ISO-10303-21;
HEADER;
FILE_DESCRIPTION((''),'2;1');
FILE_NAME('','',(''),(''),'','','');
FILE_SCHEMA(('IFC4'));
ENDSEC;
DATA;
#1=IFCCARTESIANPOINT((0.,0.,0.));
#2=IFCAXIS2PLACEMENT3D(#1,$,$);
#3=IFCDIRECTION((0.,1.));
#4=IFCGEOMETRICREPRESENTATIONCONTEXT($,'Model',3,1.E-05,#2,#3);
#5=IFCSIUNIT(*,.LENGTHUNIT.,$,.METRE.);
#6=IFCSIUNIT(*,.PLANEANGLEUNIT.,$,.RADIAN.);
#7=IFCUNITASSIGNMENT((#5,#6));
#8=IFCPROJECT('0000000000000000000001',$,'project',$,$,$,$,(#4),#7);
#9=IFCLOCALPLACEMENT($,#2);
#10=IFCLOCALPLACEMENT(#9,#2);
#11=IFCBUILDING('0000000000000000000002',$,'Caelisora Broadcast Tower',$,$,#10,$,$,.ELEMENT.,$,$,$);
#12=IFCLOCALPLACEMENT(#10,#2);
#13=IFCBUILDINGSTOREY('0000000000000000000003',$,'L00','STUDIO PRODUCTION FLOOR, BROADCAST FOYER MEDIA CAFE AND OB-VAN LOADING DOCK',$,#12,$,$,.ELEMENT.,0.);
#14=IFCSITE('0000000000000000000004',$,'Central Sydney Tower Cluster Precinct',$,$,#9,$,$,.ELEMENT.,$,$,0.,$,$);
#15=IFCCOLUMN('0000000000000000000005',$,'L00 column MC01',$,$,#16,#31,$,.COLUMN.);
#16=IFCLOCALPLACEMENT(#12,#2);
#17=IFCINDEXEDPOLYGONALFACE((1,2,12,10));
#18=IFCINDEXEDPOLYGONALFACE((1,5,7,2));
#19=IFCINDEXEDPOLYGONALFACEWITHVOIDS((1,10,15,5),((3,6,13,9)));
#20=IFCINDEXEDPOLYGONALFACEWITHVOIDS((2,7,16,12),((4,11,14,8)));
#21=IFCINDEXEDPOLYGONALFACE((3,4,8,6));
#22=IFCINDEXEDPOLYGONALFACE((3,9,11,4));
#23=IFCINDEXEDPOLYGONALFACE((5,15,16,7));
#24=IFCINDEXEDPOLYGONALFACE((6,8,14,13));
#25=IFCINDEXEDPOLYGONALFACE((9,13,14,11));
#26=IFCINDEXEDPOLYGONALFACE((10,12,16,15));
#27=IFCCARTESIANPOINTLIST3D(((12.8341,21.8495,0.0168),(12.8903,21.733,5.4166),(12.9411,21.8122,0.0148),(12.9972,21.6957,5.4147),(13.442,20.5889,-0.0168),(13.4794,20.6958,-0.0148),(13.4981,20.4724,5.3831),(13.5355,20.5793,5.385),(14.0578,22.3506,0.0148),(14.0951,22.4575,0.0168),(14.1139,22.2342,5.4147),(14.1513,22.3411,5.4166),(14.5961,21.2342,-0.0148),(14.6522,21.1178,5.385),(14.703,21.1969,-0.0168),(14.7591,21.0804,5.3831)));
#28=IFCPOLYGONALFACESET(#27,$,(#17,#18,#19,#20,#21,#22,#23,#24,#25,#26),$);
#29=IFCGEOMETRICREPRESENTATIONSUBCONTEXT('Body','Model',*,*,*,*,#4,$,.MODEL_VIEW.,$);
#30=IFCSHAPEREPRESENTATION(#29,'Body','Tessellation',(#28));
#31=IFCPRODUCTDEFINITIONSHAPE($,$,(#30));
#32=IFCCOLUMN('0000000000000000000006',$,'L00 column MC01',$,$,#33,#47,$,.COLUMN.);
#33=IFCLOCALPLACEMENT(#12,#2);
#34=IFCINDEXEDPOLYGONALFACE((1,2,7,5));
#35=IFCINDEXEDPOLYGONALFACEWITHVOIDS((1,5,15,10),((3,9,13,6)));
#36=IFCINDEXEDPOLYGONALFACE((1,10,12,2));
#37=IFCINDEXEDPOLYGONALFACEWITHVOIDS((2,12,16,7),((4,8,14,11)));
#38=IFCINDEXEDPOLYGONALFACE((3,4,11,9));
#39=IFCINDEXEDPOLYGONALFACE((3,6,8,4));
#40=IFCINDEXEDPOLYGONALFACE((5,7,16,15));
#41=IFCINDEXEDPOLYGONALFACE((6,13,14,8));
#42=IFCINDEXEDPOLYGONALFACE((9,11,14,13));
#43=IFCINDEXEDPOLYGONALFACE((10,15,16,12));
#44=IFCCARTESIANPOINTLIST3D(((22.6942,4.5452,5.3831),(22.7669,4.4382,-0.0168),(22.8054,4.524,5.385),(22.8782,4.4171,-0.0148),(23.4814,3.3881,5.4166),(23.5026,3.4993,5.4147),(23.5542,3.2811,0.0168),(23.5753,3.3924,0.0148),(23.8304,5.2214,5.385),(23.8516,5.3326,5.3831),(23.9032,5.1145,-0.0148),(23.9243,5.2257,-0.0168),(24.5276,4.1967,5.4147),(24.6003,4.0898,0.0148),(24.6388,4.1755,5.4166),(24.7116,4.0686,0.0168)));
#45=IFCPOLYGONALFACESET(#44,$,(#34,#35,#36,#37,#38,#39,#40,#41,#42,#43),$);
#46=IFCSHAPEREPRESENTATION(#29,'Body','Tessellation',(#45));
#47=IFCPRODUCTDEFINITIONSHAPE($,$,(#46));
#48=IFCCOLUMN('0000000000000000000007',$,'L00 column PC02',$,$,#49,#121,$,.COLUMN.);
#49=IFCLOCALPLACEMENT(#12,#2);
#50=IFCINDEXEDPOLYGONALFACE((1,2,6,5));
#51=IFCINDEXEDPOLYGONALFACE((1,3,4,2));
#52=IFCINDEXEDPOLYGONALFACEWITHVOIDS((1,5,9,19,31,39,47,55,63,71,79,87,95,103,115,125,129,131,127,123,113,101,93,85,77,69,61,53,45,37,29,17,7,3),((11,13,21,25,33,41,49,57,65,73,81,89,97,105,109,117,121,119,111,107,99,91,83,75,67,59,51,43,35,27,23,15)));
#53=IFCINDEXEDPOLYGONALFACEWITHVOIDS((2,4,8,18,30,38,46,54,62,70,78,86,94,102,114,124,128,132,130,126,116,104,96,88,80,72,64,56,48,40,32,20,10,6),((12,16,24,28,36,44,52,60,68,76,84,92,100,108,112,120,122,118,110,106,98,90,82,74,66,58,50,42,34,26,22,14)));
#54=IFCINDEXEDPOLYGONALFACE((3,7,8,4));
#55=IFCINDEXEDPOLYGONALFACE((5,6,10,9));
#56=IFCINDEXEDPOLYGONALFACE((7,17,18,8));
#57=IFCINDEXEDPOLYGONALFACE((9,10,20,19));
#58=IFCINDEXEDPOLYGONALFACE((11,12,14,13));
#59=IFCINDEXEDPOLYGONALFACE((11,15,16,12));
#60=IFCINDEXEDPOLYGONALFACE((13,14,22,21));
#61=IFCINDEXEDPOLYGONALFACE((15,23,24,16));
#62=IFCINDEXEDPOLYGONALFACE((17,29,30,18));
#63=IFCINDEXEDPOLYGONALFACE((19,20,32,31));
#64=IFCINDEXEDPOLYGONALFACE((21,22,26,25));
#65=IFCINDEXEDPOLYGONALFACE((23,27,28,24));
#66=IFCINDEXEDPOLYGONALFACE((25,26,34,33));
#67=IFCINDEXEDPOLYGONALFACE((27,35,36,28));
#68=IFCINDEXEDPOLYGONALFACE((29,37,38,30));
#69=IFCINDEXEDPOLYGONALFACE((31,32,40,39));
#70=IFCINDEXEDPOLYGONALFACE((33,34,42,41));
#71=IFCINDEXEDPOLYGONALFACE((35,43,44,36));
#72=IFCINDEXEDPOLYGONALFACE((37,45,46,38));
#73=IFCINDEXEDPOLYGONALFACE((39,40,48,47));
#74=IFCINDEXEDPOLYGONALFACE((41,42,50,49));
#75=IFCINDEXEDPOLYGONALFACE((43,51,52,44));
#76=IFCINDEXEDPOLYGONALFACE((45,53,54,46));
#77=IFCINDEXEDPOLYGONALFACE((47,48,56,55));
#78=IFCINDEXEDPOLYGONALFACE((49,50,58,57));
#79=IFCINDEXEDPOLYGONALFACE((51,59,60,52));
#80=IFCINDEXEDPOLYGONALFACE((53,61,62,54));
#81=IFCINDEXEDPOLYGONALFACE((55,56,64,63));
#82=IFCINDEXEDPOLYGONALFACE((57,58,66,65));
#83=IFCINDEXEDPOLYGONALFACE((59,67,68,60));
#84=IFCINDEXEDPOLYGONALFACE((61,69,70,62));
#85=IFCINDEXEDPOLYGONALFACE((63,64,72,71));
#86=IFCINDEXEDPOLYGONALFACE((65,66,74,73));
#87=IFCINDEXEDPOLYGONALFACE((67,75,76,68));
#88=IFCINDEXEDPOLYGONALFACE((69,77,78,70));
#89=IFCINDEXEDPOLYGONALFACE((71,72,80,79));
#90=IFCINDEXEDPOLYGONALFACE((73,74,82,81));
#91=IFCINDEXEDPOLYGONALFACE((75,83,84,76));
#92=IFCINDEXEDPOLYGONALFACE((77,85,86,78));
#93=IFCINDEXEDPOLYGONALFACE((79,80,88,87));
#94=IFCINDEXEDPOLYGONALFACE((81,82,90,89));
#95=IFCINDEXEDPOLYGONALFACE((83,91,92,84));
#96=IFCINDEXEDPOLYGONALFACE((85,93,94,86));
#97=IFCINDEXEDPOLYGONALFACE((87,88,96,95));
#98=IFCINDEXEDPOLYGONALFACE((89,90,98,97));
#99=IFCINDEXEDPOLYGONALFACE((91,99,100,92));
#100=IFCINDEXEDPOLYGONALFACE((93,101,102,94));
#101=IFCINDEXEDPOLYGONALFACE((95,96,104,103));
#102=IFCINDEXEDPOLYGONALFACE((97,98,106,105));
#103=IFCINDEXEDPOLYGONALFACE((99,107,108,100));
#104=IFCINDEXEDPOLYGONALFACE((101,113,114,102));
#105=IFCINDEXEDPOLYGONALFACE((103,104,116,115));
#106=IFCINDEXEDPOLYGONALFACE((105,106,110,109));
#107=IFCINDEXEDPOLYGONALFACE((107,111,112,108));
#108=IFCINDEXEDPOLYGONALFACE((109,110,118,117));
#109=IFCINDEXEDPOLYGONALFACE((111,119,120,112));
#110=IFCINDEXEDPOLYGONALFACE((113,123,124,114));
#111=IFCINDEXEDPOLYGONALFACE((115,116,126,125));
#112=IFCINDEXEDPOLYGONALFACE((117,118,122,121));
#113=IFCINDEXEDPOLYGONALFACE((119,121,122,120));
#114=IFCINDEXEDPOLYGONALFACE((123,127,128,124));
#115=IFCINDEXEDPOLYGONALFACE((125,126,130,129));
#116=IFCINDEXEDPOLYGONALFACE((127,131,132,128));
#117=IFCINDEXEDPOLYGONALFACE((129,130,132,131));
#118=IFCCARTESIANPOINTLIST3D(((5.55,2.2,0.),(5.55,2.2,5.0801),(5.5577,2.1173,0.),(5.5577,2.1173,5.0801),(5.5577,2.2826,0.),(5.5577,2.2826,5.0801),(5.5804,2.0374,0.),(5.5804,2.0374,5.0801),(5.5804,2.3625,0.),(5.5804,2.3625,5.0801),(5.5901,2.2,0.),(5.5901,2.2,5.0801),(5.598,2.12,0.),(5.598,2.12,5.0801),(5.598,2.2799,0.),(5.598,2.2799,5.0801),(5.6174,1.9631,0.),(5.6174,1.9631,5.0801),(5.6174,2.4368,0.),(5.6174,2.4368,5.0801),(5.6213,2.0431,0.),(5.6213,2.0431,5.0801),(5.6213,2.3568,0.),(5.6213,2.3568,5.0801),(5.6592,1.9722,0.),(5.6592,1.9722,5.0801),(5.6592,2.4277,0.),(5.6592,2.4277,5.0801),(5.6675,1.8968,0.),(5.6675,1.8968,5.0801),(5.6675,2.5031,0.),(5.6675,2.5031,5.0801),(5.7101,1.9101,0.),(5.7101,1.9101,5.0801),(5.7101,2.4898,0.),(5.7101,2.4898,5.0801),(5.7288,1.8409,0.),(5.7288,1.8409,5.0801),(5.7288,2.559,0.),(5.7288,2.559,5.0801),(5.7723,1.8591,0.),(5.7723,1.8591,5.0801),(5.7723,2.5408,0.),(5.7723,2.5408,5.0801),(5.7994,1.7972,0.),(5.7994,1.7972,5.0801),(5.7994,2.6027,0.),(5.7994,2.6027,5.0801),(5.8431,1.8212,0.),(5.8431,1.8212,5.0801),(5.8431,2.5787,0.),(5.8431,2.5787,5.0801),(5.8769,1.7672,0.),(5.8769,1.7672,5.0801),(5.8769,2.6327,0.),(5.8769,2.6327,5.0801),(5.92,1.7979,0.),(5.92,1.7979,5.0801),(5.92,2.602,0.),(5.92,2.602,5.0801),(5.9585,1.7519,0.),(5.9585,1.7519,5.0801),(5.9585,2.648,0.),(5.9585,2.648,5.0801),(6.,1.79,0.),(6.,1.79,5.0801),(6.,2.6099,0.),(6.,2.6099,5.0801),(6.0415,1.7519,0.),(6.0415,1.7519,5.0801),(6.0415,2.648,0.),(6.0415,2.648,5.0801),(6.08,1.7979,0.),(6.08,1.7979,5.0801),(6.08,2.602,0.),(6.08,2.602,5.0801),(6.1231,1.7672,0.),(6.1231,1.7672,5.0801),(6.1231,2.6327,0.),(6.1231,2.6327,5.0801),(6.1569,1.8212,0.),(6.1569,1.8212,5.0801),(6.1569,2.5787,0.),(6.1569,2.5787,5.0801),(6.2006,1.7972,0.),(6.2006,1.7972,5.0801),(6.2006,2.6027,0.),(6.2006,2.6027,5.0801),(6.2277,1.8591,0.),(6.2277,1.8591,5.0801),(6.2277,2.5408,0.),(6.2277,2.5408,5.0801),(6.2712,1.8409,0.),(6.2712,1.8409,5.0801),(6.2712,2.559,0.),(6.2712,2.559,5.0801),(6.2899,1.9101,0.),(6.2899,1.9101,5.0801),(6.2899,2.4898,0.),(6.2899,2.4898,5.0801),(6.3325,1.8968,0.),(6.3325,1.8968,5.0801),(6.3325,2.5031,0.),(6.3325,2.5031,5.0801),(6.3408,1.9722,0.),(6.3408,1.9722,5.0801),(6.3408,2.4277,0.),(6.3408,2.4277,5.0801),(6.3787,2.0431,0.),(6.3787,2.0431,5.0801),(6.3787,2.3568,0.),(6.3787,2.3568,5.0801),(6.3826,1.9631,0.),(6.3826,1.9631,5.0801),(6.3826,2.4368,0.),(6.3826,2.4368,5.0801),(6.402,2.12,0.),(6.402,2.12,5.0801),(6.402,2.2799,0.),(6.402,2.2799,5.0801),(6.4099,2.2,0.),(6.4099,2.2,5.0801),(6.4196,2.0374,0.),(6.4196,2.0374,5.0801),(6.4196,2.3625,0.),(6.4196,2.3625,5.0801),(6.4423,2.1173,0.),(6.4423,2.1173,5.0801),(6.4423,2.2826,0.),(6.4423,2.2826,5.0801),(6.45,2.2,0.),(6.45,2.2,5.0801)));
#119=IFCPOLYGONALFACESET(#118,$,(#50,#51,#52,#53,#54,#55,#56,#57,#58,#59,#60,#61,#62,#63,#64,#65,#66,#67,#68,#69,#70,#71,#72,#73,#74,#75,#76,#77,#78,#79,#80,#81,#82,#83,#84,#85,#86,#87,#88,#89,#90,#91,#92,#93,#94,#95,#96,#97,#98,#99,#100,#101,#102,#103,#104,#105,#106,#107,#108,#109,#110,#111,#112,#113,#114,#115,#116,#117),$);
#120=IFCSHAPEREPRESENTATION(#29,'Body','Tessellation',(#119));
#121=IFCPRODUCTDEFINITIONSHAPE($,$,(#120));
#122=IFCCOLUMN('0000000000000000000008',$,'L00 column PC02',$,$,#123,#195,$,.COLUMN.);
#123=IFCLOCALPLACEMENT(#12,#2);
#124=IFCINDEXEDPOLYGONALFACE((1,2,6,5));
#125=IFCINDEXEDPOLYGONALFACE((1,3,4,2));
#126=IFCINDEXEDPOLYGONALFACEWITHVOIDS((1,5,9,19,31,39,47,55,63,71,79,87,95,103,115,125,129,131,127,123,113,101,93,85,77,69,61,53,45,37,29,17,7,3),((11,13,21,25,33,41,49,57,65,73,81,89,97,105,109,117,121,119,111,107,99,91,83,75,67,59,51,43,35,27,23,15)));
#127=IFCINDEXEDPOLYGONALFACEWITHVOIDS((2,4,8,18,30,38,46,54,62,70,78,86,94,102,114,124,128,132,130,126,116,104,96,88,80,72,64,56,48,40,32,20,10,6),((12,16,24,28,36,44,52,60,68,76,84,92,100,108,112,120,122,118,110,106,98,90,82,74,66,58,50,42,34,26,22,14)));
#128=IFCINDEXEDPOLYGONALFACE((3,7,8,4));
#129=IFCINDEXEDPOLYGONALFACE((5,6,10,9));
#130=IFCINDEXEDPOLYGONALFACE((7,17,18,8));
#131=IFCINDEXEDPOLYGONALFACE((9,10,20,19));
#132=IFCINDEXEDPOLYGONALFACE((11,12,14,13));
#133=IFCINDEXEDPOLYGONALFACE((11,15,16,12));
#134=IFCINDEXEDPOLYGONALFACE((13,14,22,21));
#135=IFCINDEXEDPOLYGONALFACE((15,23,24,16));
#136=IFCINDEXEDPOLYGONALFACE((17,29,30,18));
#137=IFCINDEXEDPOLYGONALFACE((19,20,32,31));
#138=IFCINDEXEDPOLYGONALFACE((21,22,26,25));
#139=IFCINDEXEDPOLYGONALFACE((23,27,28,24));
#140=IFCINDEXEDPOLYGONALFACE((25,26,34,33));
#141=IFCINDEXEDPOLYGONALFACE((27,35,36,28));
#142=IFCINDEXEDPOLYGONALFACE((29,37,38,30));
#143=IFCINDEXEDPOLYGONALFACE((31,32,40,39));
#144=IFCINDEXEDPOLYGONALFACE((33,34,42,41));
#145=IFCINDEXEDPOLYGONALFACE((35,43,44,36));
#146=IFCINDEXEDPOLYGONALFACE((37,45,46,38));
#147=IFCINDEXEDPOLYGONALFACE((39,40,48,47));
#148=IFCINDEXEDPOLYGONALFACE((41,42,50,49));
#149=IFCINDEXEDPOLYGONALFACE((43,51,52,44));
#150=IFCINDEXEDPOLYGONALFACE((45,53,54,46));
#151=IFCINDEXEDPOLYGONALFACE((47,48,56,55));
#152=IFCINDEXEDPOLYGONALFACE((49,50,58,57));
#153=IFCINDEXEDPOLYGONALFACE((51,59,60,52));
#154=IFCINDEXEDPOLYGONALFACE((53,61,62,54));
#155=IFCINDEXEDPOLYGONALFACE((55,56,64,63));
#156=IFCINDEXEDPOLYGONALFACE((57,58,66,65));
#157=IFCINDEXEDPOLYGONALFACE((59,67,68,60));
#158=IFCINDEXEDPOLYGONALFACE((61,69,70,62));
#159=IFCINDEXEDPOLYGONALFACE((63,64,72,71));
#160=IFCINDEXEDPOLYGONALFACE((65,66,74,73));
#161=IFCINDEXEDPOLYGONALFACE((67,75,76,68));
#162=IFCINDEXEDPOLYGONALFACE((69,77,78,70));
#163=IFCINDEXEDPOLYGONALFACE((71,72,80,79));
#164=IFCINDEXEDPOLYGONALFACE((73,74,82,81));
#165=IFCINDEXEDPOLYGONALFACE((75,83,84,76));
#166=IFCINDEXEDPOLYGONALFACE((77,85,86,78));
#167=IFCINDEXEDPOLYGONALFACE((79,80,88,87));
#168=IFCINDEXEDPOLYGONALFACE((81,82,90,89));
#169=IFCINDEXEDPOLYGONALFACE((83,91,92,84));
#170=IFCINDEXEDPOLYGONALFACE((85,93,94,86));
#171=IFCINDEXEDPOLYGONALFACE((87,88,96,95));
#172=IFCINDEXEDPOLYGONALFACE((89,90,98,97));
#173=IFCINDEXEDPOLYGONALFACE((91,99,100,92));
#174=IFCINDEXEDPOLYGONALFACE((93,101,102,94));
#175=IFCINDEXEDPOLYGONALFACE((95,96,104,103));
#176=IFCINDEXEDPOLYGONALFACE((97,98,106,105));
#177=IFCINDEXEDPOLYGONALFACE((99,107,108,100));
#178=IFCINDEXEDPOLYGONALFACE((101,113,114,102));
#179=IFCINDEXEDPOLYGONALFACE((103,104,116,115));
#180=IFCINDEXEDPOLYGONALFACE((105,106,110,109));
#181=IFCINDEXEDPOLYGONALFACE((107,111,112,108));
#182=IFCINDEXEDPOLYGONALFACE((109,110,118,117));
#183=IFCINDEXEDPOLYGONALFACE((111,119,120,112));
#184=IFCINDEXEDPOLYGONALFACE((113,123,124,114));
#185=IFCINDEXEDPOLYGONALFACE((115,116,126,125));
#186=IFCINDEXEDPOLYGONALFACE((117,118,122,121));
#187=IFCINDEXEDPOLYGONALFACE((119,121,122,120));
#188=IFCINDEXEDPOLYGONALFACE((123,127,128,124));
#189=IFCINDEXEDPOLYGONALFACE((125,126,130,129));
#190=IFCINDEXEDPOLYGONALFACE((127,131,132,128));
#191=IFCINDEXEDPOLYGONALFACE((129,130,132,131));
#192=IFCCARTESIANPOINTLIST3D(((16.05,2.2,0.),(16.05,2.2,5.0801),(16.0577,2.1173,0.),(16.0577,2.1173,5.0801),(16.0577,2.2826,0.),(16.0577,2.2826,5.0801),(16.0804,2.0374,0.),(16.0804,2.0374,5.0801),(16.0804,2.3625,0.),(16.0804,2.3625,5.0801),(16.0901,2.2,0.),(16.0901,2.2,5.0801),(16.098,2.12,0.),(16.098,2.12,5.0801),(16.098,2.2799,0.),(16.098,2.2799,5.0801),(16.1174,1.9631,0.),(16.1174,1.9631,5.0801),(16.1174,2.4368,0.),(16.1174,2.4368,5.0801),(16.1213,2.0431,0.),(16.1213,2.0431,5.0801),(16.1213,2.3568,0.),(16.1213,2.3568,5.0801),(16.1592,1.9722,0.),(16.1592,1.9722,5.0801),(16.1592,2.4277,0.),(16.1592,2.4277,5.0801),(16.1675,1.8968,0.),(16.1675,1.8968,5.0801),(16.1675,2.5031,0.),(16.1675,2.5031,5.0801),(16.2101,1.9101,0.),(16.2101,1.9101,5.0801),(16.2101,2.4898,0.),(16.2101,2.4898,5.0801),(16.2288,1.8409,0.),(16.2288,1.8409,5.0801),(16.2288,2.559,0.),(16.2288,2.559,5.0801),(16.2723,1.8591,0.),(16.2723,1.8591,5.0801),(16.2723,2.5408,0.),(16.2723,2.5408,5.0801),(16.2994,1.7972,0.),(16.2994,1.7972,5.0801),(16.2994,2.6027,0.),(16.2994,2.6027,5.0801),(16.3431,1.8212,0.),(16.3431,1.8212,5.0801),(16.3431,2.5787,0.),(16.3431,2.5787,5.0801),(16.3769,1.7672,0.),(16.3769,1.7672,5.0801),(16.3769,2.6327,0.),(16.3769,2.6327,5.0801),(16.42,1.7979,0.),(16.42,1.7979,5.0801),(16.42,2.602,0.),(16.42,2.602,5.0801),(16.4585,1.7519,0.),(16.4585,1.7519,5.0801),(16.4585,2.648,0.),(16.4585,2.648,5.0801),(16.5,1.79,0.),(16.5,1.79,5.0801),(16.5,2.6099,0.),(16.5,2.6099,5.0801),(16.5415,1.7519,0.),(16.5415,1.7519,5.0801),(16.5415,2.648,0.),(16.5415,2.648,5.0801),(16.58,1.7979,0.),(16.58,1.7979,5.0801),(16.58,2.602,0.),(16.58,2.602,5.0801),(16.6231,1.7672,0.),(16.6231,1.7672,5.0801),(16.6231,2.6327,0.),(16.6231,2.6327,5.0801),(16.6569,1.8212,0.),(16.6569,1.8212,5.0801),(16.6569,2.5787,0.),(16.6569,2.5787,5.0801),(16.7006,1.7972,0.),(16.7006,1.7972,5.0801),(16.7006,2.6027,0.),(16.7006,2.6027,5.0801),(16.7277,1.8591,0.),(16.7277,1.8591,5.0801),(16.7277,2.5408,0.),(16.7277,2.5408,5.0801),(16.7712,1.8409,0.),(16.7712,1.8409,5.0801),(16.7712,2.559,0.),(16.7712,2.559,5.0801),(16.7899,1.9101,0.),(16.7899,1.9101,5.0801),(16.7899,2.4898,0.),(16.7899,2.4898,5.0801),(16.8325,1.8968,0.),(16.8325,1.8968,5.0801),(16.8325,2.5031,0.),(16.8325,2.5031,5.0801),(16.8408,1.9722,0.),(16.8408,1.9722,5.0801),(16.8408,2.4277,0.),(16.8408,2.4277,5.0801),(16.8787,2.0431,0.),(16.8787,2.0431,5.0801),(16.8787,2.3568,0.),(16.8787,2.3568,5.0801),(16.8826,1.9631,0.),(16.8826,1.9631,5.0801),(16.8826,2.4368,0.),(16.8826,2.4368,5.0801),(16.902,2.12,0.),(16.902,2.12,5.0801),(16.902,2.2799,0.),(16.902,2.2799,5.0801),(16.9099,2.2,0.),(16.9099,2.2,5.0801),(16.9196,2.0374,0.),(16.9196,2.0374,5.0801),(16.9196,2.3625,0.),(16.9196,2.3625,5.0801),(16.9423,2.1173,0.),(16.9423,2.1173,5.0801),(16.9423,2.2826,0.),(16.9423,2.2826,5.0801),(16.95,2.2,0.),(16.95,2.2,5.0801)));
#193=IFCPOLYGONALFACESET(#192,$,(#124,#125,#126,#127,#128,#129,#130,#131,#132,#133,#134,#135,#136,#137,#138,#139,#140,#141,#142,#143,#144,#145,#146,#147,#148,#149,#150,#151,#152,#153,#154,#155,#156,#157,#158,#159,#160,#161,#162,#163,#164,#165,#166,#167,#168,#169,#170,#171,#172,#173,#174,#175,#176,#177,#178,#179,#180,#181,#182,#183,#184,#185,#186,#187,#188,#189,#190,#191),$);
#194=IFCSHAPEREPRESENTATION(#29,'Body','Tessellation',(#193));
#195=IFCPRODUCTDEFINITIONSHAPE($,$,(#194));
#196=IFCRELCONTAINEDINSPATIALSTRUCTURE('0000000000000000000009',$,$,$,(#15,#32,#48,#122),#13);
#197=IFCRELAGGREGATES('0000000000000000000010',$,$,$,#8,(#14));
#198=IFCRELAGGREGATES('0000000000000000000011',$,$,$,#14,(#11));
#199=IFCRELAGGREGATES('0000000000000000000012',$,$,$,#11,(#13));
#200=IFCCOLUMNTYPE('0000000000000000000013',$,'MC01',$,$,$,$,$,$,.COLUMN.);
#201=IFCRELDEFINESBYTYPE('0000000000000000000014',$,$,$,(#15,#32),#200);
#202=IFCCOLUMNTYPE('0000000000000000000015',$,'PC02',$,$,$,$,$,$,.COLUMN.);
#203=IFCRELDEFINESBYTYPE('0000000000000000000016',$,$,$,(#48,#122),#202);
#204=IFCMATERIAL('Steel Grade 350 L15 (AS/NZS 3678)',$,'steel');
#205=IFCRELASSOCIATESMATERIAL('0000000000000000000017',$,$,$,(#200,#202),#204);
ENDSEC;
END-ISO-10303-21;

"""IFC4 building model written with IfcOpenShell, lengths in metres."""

from ifc_helpers import new_model, si_unit, direction, frame, origin, origin_2d, place, context, subcontext, project, spatial, hollow_rectangle, hollow_circle, extrude, source, transform, mapped, material, material_profile, profile_set, type_object, type_shapes, element, save


model = new_model("IFC4")

# Units and contexts
model_context = context("Model", 3, precision=1e-05, world=origin(), true_north=direction((0.0, 1.0)))
body_context = subcontext(model_context, "Body", "Model", "MODEL_VIEW")
ifc_project = project(units=[si_unit("LENGTHUNIT", "METRE"), si_unit("PLANEANGLEUNIT", "RADIAN")], contexts=[model_context])

# Site, building, storey
site_placement = place(None, origin())
site = spatial("IfcSite", under=ifc_project, at=site_placement, Name="Central Sydney Tower Cluster Precinct", CompositionType="ELEMENT", RefElevation=0.0)
building_placement = place(site_placement, origin())
building = spatial("IfcBuilding", under=site, at=building_placement, Name="Caelisora Broadcast Tower", CompositionType="ELEMENT")
storey_placement = place(building_placement, origin())
storey = spatial("IfcBuildingStorey", under=building, at=storey_placement, Name="L00", Description="STUDIO PRODUCTION FLOOR, BROADCAST FOYER MEDIA CAFE AND OB-VAN LOADING DOCK", CompositionType="ELEMENT", Elevation=0.0)

# Columns
ifc_material_1 = material(Name="Steel Grade 350 L15 (AS/NZS 3678)", Category="steel")
ifc_material_profile_1 = material_profile(ifc_material_1, hollow_rectangle(XDim=1.3999, YDim=1.3999, WallThickness=0.0801, at=origin_2d()), Name="Steel Grade 350 L15 (AS/NZS 3678)")
ifc_profile_set_1 = profile_set([ifc_material_profile_1], Name="Steel Grade 350 L15 (AS/NZS 3678)")
column_type_1 = type_object("IfcColumnType", Name="MC01", PredefinedType="COLUMN", material=ifc_profile_set_1)
shared_shape_1 = source(origin(), body_context, "Body", "SweptSolid", [
    extrude(hollow_rectangle(XDim=1.3999, YDim=1.3999, WallThickness=0.0801, at=origin_2d()), origin(), (0.0, 0.0, 1.0), 5.4014),
])
type_shapes(column_type_1, [shared_shape_1])
for number, where, z_axis, x_axis, name in (
    (1, (13.7686, 21.5232, 0.0), (0.010396, -0.02156, 0.999714), (0.900755, 0.434327, 0.0), "L00 column MC01"),
    (2, (23.7393, 4.2534, 0.0), (-0.013469, 0.019797, 0.999713), (-0.826786, -0.562517, 0.0), "L00 column MC01"),
):
    element("IfcColumn", number, at=place(storey_placement, frame(where, z_axis=z_axis, x_axis=x_axis)), inside=storey, type_object=column_type_1, Name=name, PredefinedType="COLUMN", context=body_context, shape_type="MappedRepresentation", body=[
        mapped(shared_shape_1, transform((0.0, 0.0, 0.0), scale=1.0)),
    ])
ifc_material_profile_2 = material_profile(ifc_material_1, hollow_circle(Radius=0.45, WallThickness=0.04, at=origin_2d()), Name="Steel Grade 350 L15 (AS/NZS 3678)")
ifc_profile_set_2 = profile_set([ifc_material_profile_2], Name="Steel Grade 350 L15 (AS/NZS 3678)")
column_type_2 = type_object("IfcColumnType", Name="PC02", PredefinedType="COLUMN", material=ifc_profile_set_2)
shared_shape_2 = source(origin(), body_context, "Body", "SweptSolid", [
    extrude(hollow_circle(Radius=0.45, WallThickness=0.04, at=origin_2d()), origin(), (0.0, 0.0, 1.0), 5.0801),
])
type_shapes(column_type_2, [shared_shape_2])
for number, where, z_axis, x_axis, name in (
    (3, (6.0, 2.2, 0.0), (0.0, 0.0, 1.0), (1.0, 0.0, 0.0), "L00 column PC02"),
    (4, (16.5, 2.2, 0.0), (0.0, 0.0, 1.0), (1.0, 0.0, 0.0), "L00 column PC02"),
):
    element("IfcColumn", number, at=place(storey_placement, frame(where, z_axis=z_axis, x_axis=x_axis)), inside=storey, type_object=column_type_2, Name=name, PredefinedType="COLUMN", context=body_context, shape_type="MappedRepresentation", body=[
        mapped(shared_shape_2, transform((0.0, 0.0, 0.0), scale=1.0)),
    ])

save(model, "model.ifc")
